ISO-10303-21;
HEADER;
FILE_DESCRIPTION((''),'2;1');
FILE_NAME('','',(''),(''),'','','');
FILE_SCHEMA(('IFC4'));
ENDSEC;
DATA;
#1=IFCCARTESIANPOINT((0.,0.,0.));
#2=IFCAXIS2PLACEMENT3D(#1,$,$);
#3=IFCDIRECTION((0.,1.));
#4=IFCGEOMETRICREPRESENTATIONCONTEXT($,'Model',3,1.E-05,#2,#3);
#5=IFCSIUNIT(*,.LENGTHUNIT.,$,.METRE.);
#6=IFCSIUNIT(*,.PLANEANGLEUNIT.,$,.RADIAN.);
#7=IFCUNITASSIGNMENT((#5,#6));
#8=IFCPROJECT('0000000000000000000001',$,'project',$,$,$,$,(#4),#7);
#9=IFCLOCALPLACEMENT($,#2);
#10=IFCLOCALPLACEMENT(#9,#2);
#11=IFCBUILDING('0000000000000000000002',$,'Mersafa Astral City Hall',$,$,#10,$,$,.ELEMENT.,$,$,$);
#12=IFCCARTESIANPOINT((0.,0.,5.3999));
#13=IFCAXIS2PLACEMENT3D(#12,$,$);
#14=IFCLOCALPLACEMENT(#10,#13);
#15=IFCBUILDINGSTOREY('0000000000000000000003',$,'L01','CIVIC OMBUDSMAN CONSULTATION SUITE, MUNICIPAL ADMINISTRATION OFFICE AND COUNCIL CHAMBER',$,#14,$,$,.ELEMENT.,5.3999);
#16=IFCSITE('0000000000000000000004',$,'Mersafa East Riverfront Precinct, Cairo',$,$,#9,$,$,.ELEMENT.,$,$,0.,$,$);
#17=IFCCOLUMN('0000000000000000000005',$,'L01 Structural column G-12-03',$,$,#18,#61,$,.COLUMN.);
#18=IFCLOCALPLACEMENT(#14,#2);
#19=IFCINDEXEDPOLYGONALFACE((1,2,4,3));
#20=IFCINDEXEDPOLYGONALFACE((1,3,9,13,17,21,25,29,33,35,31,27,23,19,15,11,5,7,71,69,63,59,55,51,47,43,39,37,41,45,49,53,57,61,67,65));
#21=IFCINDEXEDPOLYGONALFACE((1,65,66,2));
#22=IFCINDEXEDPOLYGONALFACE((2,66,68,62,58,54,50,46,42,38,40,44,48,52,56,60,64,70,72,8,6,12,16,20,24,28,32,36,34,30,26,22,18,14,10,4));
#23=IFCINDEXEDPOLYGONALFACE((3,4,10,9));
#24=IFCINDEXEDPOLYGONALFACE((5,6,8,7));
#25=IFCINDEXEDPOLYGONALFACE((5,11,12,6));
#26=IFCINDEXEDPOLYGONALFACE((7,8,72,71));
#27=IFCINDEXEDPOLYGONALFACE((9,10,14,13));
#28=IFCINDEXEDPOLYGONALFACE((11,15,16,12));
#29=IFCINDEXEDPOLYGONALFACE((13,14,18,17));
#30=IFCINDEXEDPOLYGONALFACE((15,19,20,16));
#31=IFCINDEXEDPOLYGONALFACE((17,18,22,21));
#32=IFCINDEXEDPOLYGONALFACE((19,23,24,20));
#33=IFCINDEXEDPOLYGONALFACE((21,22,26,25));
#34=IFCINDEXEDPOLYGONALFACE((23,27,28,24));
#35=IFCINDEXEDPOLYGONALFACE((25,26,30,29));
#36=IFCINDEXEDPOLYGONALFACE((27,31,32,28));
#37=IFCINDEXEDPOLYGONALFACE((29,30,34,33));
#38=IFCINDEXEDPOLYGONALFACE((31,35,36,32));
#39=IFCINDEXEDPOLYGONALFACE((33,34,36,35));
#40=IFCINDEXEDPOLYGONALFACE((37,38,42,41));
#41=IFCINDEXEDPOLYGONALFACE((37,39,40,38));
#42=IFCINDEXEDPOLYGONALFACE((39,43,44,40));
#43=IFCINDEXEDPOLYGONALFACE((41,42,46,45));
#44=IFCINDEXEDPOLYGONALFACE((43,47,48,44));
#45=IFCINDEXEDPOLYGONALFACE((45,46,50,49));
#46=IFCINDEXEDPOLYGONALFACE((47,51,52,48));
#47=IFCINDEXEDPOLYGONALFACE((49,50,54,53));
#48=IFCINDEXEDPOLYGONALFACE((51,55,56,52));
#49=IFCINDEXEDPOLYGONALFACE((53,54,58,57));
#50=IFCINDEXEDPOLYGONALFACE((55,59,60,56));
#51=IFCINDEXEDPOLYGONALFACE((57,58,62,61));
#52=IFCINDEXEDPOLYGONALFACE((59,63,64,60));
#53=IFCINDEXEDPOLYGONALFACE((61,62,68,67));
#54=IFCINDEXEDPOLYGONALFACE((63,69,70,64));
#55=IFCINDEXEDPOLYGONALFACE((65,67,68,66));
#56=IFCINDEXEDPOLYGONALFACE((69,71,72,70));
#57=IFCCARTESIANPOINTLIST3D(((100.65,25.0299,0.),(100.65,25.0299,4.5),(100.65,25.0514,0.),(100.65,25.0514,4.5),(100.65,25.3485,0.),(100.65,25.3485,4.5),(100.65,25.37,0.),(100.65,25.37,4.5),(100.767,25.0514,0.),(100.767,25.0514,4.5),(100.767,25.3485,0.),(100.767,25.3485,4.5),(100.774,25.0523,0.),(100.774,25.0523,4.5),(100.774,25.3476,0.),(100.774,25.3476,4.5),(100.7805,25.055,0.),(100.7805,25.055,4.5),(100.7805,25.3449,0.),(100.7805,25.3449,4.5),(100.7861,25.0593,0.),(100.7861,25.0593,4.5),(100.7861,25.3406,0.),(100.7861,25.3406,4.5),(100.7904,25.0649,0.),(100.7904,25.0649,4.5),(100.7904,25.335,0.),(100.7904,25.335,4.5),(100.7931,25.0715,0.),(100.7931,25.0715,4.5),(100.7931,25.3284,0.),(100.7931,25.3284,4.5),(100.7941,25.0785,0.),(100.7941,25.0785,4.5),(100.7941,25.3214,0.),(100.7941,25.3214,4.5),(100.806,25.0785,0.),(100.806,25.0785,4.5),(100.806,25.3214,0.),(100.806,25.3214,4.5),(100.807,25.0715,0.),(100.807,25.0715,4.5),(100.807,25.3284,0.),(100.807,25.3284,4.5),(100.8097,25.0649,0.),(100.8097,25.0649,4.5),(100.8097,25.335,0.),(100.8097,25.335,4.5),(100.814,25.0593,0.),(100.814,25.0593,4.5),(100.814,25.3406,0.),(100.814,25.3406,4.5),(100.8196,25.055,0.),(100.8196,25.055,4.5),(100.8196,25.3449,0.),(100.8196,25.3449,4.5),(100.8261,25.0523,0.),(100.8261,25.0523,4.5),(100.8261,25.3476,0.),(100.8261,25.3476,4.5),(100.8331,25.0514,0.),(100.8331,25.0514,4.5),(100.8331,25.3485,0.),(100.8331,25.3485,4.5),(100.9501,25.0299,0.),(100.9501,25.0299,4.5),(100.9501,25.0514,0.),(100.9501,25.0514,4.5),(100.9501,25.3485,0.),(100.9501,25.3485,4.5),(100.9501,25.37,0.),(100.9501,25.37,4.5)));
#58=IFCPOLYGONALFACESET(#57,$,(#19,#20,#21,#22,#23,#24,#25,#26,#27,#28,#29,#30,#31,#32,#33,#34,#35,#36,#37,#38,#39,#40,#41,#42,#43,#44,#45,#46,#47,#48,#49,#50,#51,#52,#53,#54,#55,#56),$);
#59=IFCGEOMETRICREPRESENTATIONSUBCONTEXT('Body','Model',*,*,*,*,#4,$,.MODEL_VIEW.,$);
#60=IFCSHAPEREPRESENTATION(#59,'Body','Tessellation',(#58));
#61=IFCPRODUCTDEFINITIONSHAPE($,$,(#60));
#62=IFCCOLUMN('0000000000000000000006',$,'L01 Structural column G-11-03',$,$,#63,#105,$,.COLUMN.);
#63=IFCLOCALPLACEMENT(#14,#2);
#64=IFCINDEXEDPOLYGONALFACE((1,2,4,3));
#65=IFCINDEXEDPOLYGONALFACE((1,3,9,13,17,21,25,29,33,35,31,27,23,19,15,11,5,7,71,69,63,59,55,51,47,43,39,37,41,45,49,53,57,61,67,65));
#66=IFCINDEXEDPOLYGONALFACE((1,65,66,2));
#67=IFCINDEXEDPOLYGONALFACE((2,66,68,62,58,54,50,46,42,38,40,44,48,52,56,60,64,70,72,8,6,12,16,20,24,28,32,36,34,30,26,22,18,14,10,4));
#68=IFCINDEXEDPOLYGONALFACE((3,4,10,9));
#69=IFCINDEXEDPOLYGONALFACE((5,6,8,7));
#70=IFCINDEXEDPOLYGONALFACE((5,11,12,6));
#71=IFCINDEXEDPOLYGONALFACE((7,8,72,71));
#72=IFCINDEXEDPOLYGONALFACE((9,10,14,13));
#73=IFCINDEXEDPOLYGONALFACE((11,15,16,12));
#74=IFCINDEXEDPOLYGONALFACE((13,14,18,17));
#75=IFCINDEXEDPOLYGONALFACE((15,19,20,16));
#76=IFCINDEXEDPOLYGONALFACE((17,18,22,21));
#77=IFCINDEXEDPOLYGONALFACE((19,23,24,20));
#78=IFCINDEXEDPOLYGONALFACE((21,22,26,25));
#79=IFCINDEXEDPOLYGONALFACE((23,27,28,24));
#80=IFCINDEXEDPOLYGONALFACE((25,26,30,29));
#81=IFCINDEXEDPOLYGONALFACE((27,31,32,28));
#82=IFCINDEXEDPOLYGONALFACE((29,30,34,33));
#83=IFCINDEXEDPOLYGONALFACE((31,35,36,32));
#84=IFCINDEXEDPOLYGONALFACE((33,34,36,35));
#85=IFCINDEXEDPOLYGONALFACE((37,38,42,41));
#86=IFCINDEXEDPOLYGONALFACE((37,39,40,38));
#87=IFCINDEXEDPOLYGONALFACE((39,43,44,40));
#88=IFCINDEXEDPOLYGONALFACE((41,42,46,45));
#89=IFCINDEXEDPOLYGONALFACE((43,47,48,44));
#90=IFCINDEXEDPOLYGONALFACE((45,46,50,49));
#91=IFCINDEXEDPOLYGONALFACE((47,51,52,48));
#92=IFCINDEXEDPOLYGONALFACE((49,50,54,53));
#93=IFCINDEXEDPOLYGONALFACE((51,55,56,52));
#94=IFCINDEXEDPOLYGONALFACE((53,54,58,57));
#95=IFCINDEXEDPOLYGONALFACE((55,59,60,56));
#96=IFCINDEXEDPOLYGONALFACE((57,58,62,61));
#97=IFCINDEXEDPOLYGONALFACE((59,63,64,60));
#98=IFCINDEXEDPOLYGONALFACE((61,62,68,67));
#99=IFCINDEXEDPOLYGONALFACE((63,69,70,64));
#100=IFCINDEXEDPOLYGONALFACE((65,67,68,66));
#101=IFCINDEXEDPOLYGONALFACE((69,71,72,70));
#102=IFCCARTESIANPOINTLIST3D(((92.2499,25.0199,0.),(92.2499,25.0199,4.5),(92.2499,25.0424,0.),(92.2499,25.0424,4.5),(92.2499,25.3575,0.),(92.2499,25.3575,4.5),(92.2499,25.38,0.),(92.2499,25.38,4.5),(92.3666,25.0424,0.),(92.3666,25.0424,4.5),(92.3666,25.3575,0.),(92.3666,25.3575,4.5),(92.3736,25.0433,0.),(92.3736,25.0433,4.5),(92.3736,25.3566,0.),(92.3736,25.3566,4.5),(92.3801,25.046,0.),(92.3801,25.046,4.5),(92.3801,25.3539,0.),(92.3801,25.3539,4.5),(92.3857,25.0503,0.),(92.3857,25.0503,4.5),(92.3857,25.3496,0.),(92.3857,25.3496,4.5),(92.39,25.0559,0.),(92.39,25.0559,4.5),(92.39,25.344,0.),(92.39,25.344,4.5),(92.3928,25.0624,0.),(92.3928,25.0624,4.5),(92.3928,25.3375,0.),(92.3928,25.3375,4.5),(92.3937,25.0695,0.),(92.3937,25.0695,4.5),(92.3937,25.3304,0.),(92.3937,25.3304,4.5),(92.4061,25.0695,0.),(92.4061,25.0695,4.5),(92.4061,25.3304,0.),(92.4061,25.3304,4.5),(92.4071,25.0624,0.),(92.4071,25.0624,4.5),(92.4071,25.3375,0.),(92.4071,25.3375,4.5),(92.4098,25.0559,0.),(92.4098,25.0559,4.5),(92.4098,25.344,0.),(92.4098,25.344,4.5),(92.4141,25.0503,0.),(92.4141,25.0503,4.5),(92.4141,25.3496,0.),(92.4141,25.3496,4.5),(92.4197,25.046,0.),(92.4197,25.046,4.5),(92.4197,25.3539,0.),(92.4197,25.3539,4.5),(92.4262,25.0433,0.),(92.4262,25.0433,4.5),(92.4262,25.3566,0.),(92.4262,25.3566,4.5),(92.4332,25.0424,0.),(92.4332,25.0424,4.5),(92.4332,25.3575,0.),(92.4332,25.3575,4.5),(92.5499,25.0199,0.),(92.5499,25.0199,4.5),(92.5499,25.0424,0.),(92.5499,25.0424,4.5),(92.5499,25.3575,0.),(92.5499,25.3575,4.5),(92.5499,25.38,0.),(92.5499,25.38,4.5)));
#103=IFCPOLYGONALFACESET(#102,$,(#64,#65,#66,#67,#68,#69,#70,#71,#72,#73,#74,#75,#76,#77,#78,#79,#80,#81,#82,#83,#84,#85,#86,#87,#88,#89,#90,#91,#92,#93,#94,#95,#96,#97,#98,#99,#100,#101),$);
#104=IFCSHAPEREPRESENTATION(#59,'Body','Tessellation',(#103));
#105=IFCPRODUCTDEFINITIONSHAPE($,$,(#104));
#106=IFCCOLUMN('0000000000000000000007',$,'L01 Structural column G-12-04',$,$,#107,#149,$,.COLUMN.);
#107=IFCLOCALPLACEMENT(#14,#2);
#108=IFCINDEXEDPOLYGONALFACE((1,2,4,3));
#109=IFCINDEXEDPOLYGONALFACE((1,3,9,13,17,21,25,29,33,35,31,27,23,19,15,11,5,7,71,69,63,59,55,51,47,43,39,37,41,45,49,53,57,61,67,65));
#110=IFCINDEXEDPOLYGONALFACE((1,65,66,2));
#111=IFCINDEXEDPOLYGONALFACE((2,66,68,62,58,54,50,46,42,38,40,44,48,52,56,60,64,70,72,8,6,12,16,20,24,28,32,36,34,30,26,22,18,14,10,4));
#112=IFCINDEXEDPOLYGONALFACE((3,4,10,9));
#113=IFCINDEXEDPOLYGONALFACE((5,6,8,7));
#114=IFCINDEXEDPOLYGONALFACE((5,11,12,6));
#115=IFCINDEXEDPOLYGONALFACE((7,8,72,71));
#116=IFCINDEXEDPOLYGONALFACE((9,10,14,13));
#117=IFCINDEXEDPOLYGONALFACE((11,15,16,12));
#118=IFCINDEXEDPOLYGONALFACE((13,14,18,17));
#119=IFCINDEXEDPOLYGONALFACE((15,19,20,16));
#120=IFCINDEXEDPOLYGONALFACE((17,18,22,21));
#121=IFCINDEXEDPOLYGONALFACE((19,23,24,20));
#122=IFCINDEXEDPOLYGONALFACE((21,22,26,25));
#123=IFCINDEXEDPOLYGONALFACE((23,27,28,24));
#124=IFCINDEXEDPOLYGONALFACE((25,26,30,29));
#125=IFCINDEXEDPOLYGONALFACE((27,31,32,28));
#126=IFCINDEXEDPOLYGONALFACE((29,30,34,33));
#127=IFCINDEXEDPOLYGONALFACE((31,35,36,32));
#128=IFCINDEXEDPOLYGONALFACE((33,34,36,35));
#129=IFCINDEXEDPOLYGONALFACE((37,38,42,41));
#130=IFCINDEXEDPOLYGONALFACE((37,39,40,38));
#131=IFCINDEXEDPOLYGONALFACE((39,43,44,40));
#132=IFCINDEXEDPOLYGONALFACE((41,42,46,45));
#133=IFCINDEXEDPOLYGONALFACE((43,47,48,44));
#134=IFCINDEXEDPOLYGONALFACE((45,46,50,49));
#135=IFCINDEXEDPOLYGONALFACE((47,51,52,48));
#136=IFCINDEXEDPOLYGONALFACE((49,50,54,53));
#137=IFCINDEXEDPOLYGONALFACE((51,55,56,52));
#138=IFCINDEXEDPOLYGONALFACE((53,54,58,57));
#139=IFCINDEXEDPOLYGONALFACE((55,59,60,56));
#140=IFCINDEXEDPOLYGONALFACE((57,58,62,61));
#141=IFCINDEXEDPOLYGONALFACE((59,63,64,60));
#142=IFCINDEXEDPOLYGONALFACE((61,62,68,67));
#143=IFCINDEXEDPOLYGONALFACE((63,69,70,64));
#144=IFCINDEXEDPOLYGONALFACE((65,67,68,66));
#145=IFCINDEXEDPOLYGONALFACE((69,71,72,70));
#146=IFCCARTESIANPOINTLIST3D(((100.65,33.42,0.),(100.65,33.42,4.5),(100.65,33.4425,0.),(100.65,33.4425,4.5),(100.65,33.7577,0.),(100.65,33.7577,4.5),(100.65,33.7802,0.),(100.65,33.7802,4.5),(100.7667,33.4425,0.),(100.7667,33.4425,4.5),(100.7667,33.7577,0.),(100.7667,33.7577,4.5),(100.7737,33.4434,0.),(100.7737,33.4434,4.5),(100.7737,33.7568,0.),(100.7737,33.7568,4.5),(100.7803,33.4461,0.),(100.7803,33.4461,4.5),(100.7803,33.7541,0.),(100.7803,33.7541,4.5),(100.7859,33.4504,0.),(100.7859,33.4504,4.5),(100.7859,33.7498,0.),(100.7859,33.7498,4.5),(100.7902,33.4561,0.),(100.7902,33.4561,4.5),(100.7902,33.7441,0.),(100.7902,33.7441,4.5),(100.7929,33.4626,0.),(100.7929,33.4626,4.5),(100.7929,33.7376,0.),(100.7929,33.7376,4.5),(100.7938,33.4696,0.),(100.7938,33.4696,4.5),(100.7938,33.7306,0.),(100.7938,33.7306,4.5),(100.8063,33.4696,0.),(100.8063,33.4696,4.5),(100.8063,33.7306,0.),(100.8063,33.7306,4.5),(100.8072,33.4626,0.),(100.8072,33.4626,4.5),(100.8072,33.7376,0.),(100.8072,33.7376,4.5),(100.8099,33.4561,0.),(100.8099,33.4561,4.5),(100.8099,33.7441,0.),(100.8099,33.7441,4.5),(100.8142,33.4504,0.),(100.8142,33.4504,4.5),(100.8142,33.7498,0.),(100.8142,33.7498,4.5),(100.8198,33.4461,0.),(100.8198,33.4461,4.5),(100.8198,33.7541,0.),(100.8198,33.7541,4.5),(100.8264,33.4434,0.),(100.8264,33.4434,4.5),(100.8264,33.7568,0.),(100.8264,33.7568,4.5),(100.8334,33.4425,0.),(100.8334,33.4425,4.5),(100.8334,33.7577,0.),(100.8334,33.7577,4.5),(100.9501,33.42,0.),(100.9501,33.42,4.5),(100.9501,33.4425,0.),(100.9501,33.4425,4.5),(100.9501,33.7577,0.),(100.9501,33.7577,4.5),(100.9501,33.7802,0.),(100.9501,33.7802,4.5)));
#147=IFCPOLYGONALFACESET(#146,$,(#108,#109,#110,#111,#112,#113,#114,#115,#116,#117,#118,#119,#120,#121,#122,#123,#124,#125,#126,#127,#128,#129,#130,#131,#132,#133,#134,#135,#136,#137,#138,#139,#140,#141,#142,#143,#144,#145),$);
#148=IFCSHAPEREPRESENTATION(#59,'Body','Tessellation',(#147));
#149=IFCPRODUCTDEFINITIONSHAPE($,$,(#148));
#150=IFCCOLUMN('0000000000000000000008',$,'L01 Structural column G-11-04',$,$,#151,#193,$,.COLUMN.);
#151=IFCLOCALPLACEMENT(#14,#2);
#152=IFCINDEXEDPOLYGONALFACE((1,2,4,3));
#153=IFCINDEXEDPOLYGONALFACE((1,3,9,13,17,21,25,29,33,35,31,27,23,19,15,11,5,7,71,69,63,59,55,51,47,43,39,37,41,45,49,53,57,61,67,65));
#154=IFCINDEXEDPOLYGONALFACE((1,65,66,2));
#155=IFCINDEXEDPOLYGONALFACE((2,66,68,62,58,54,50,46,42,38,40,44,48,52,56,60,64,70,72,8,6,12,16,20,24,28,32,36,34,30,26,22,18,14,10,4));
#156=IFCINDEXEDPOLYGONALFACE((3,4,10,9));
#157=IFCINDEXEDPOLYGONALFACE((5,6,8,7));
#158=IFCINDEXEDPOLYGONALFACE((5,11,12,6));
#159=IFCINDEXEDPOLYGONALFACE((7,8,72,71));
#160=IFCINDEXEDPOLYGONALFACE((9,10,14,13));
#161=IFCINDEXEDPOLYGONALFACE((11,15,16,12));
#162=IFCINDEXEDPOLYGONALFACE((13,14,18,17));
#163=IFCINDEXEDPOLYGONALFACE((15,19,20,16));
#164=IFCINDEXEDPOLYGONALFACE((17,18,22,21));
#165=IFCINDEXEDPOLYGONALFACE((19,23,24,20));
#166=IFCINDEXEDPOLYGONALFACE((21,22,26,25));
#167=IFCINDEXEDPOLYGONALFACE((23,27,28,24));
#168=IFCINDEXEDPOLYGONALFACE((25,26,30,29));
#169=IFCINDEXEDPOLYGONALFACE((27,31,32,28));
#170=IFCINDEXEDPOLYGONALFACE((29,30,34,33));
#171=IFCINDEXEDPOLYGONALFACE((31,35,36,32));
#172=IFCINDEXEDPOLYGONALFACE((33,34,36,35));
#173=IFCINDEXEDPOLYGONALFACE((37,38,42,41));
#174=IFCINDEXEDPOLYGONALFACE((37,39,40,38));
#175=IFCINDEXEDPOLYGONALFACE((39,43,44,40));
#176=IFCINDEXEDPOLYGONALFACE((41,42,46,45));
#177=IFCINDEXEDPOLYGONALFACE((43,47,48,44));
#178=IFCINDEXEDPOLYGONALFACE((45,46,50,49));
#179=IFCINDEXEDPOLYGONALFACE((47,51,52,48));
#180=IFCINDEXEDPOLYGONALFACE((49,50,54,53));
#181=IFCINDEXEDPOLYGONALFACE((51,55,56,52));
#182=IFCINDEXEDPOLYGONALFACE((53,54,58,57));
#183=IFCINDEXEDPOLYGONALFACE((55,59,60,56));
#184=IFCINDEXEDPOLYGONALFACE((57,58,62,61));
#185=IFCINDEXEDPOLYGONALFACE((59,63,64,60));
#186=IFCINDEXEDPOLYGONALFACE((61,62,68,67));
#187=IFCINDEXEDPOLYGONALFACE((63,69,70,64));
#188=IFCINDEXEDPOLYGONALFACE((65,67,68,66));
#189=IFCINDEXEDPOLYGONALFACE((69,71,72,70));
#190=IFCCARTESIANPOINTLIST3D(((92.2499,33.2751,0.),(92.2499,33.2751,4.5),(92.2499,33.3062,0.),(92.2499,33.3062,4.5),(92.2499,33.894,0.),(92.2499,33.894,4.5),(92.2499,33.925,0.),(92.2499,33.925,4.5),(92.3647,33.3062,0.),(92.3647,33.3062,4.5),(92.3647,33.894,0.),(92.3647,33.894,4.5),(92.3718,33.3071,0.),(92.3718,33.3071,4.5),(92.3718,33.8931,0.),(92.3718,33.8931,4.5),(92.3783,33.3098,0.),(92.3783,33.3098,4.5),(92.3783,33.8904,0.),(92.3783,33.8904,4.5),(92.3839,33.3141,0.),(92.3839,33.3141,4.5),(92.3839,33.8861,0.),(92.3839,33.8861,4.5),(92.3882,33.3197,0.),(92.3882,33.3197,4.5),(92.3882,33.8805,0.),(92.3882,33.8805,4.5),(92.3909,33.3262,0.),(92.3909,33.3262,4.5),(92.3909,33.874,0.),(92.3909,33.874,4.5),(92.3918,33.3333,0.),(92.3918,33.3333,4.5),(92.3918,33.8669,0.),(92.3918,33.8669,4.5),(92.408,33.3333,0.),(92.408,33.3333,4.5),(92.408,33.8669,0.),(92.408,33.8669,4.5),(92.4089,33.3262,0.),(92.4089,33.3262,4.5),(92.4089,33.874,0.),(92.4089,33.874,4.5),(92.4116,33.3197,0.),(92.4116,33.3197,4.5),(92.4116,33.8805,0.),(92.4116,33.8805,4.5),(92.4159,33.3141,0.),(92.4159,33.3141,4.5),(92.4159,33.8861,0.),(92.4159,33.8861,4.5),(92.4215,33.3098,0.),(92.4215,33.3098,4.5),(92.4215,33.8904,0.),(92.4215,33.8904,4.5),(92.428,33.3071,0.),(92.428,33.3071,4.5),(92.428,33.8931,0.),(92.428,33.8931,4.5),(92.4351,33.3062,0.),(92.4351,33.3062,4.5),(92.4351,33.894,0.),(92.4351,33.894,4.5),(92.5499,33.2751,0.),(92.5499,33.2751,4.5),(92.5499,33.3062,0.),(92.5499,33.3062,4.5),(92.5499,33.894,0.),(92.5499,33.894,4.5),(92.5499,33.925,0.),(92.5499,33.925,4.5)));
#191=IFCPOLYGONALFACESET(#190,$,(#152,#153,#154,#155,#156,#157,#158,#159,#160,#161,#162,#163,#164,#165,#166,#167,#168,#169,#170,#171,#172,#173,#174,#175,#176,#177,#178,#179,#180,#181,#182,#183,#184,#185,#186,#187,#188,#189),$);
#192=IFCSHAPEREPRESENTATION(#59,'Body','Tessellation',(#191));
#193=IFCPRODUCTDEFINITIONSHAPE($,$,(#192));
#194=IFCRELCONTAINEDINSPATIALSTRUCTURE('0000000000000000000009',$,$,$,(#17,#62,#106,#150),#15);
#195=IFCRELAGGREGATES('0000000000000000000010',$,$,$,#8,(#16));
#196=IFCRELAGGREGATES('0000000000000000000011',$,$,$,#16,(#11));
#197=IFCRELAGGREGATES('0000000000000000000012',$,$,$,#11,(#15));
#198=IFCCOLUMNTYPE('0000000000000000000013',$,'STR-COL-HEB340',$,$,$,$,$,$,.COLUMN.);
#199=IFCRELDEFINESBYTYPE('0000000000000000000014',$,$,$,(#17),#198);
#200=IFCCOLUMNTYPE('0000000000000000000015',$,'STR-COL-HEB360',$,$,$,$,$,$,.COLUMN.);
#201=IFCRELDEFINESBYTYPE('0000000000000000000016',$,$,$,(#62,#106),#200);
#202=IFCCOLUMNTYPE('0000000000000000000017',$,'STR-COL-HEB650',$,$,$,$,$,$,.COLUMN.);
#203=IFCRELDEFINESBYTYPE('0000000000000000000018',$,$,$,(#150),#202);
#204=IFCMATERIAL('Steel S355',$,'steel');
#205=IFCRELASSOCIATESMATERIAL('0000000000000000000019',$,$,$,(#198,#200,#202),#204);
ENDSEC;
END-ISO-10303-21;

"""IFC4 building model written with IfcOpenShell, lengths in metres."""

from ifc_helpers import new_model, si_unit, direction, frame, origin, origin_2d, place, context, subcontext, project, spatial, i_section, extrude, material, material_profile, profile_set, type_object, element, save


model = new_model("IFC4")

# Units and contexts
model_context = context("Model", 3, precision=1e-05, world=origin(), true_north=direction((0.0, 1.0)))
body_context = subcontext(model_context, "Body", "Model", "MODEL_VIEW")
ifc_project = project(units=[si_unit("LENGTHUNIT", "METRE"), si_unit("PLANEANGLEUNIT", "RADIAN")], contexts=[model_context])

# Site, building, storey
site_placement = place(None, origin())
site = spatial("IfcSite", under=ifc_project, at=site_placement, Name="Mersafa East Riverfront Precinct, Cairo", CompositionType="ELEMENT", RefElevation=0.0)
building_placement = place(site_placement, origin())
building = spatial("IfcBuilding", under=site, at=building_placement, Name="Mersafa Astral City Hall", CompositionType="ELEMENT")
storey_placement = place(building_placement, frame((0.0, 0.0, 5.3999)))
storey = spatial("IfcBuildingStorey", under=building, at=storey_placement, Name="L01", Description="CIVIC OMBUDSMAN CONSULTATION SUITE, MUNICIPAL ADMINISTRATION OFFICE AND COUNCIL CHAMBER", CompositionType="ELEMENT", Elevation=5.3999)

# Columns
ifc_material_1 = material(Name="Steel S355", Category="steel")
ifc_material_profile_1 = material_profile(ifc_material_1, i_section(OverallWidth=0.3, OverallDepth=0.3401, WebThickness=0.012, FlangeThickness=0.0215, FilletRadius=0.0271, at=origin_2d()), Name="HEB 340")
ifc_profile_set_1 = profile_set([ifc_material_profile_1], Name="Steel S355")
column_type_1 = type_object("IfcColumnType", Name="STR-COL-HEB340", PredefinedType="COLUMN", material=ifc_profile_set_1)
column_1_placement = place(storey_placement, frame((100.8, 25.2, 0.0), z_axis=(0.0, 0.0, 1.0), x_axis=(1.0, 0.0, 0.0)))
element("IfcColumn", 1, at=column_1_placement, inside=storey, type_object=column_type_1, Name="L01 Structural column G-12-03", PredefinedType="COLUMN", context=body_context, shape_type="SweptSolid", body=[
    extrude(i_section(OverallWidth=0.3, OverallDepth=0.3401, WebThickness=0.012, FlangeThickness=0.0215, FilletRadius=0.0271, at=origin_2d()), origin(), (0.0, 0.0, 1.0), 4.5),
])
ifc_material_profile_2 = material_profile(ifc_material_1, i_section(OverallWidth=0.3, OverallDepth=0.3601, WebThickness=0.0125, FlangeThickness=0.0225, FilletRadius=0.0271, at=origin_2d()), Name="HEB 360")
ifc_profile_set_2 = profile_set([ifc_material_profile_2], Name="Steel S355")
column_type_2 = type_object("IfcColumnType", Name="STR-COL-HEB360", PredefinedType="COLUMN", material=ifc_profile_set_2)
for number, where, z_axis, x_axis, name in (
    (2, (92.3999, 25.2, 0.0), (0.0, 0.0, 1.0), (1.0, 0.0, 0.0), "L01 Structural column G-11-03"),
    (3, (100.8, 33.6001, 0.0), (0.0, 0.0, 1.0), (1.0, 0.0, 0.0), "L01 Structural column G-12-04"),
):
    element("IfcColumn", number, at=place(storey_placement, frame(where, z_axis=z_axis, x_axis=x_axis)), inside=storey, type_object=column_type_2, Name=name, PredefinedType="COLUMN", context=body_context, shape_type="SweptSolid", body=[
        extrude(i_section(OverallWidth=0.3, OverallDepth=0.3601, WebThickness=0.0125, FlangeThickness=0.0225, FilletRadius=0.0271, at=origin_2d()), origin(), (0.0, 0.0, 1.0), 4.5),
    ])
ifc_material_profile_3 = material_profile(ifc_material_1, i_section(OverallWidth=0.3, OverallDepth=0.6499, WebThickness=0.0161, FlangeThickness=0.031, FilletRadius=0.0271, at=origin_2d()), Name="HEB 650")
ifc_profile_set_3 = profile_set([ifc_material_profile_3], Name="Steel S355")
column_type_3 = type_object("IfcColumnType", Name="STR-COL-HEB650", PredefinedType="COLUMN", material=ifc_profile_set_3)
column_2_placement = place(storey_placement, frame((92.3999, 33.6001, 0.0), z_axis=(0.0, 0.0, 1.0), x_axis=(1.0, 0.0, 0.0)))
element("IfcColumn", 4, at=column_2_placement, inside=storey, type_object=column_type_3, Name="L01 Structural column G-11-04", PredefinedType="COLUMN", context=body_context, shape_type="SweptSolid", body=[
    extrude(i_section(OverallWidth=0.3, OverallDepth=0.6499, WebThickness=0.0161, FlangeThickness=0.031, FilletRadius=0.0271, at=origin_2d()), origin(), (0.0, 0.0, 1.0), 4.5),
])

save(model, "model.ifc")
